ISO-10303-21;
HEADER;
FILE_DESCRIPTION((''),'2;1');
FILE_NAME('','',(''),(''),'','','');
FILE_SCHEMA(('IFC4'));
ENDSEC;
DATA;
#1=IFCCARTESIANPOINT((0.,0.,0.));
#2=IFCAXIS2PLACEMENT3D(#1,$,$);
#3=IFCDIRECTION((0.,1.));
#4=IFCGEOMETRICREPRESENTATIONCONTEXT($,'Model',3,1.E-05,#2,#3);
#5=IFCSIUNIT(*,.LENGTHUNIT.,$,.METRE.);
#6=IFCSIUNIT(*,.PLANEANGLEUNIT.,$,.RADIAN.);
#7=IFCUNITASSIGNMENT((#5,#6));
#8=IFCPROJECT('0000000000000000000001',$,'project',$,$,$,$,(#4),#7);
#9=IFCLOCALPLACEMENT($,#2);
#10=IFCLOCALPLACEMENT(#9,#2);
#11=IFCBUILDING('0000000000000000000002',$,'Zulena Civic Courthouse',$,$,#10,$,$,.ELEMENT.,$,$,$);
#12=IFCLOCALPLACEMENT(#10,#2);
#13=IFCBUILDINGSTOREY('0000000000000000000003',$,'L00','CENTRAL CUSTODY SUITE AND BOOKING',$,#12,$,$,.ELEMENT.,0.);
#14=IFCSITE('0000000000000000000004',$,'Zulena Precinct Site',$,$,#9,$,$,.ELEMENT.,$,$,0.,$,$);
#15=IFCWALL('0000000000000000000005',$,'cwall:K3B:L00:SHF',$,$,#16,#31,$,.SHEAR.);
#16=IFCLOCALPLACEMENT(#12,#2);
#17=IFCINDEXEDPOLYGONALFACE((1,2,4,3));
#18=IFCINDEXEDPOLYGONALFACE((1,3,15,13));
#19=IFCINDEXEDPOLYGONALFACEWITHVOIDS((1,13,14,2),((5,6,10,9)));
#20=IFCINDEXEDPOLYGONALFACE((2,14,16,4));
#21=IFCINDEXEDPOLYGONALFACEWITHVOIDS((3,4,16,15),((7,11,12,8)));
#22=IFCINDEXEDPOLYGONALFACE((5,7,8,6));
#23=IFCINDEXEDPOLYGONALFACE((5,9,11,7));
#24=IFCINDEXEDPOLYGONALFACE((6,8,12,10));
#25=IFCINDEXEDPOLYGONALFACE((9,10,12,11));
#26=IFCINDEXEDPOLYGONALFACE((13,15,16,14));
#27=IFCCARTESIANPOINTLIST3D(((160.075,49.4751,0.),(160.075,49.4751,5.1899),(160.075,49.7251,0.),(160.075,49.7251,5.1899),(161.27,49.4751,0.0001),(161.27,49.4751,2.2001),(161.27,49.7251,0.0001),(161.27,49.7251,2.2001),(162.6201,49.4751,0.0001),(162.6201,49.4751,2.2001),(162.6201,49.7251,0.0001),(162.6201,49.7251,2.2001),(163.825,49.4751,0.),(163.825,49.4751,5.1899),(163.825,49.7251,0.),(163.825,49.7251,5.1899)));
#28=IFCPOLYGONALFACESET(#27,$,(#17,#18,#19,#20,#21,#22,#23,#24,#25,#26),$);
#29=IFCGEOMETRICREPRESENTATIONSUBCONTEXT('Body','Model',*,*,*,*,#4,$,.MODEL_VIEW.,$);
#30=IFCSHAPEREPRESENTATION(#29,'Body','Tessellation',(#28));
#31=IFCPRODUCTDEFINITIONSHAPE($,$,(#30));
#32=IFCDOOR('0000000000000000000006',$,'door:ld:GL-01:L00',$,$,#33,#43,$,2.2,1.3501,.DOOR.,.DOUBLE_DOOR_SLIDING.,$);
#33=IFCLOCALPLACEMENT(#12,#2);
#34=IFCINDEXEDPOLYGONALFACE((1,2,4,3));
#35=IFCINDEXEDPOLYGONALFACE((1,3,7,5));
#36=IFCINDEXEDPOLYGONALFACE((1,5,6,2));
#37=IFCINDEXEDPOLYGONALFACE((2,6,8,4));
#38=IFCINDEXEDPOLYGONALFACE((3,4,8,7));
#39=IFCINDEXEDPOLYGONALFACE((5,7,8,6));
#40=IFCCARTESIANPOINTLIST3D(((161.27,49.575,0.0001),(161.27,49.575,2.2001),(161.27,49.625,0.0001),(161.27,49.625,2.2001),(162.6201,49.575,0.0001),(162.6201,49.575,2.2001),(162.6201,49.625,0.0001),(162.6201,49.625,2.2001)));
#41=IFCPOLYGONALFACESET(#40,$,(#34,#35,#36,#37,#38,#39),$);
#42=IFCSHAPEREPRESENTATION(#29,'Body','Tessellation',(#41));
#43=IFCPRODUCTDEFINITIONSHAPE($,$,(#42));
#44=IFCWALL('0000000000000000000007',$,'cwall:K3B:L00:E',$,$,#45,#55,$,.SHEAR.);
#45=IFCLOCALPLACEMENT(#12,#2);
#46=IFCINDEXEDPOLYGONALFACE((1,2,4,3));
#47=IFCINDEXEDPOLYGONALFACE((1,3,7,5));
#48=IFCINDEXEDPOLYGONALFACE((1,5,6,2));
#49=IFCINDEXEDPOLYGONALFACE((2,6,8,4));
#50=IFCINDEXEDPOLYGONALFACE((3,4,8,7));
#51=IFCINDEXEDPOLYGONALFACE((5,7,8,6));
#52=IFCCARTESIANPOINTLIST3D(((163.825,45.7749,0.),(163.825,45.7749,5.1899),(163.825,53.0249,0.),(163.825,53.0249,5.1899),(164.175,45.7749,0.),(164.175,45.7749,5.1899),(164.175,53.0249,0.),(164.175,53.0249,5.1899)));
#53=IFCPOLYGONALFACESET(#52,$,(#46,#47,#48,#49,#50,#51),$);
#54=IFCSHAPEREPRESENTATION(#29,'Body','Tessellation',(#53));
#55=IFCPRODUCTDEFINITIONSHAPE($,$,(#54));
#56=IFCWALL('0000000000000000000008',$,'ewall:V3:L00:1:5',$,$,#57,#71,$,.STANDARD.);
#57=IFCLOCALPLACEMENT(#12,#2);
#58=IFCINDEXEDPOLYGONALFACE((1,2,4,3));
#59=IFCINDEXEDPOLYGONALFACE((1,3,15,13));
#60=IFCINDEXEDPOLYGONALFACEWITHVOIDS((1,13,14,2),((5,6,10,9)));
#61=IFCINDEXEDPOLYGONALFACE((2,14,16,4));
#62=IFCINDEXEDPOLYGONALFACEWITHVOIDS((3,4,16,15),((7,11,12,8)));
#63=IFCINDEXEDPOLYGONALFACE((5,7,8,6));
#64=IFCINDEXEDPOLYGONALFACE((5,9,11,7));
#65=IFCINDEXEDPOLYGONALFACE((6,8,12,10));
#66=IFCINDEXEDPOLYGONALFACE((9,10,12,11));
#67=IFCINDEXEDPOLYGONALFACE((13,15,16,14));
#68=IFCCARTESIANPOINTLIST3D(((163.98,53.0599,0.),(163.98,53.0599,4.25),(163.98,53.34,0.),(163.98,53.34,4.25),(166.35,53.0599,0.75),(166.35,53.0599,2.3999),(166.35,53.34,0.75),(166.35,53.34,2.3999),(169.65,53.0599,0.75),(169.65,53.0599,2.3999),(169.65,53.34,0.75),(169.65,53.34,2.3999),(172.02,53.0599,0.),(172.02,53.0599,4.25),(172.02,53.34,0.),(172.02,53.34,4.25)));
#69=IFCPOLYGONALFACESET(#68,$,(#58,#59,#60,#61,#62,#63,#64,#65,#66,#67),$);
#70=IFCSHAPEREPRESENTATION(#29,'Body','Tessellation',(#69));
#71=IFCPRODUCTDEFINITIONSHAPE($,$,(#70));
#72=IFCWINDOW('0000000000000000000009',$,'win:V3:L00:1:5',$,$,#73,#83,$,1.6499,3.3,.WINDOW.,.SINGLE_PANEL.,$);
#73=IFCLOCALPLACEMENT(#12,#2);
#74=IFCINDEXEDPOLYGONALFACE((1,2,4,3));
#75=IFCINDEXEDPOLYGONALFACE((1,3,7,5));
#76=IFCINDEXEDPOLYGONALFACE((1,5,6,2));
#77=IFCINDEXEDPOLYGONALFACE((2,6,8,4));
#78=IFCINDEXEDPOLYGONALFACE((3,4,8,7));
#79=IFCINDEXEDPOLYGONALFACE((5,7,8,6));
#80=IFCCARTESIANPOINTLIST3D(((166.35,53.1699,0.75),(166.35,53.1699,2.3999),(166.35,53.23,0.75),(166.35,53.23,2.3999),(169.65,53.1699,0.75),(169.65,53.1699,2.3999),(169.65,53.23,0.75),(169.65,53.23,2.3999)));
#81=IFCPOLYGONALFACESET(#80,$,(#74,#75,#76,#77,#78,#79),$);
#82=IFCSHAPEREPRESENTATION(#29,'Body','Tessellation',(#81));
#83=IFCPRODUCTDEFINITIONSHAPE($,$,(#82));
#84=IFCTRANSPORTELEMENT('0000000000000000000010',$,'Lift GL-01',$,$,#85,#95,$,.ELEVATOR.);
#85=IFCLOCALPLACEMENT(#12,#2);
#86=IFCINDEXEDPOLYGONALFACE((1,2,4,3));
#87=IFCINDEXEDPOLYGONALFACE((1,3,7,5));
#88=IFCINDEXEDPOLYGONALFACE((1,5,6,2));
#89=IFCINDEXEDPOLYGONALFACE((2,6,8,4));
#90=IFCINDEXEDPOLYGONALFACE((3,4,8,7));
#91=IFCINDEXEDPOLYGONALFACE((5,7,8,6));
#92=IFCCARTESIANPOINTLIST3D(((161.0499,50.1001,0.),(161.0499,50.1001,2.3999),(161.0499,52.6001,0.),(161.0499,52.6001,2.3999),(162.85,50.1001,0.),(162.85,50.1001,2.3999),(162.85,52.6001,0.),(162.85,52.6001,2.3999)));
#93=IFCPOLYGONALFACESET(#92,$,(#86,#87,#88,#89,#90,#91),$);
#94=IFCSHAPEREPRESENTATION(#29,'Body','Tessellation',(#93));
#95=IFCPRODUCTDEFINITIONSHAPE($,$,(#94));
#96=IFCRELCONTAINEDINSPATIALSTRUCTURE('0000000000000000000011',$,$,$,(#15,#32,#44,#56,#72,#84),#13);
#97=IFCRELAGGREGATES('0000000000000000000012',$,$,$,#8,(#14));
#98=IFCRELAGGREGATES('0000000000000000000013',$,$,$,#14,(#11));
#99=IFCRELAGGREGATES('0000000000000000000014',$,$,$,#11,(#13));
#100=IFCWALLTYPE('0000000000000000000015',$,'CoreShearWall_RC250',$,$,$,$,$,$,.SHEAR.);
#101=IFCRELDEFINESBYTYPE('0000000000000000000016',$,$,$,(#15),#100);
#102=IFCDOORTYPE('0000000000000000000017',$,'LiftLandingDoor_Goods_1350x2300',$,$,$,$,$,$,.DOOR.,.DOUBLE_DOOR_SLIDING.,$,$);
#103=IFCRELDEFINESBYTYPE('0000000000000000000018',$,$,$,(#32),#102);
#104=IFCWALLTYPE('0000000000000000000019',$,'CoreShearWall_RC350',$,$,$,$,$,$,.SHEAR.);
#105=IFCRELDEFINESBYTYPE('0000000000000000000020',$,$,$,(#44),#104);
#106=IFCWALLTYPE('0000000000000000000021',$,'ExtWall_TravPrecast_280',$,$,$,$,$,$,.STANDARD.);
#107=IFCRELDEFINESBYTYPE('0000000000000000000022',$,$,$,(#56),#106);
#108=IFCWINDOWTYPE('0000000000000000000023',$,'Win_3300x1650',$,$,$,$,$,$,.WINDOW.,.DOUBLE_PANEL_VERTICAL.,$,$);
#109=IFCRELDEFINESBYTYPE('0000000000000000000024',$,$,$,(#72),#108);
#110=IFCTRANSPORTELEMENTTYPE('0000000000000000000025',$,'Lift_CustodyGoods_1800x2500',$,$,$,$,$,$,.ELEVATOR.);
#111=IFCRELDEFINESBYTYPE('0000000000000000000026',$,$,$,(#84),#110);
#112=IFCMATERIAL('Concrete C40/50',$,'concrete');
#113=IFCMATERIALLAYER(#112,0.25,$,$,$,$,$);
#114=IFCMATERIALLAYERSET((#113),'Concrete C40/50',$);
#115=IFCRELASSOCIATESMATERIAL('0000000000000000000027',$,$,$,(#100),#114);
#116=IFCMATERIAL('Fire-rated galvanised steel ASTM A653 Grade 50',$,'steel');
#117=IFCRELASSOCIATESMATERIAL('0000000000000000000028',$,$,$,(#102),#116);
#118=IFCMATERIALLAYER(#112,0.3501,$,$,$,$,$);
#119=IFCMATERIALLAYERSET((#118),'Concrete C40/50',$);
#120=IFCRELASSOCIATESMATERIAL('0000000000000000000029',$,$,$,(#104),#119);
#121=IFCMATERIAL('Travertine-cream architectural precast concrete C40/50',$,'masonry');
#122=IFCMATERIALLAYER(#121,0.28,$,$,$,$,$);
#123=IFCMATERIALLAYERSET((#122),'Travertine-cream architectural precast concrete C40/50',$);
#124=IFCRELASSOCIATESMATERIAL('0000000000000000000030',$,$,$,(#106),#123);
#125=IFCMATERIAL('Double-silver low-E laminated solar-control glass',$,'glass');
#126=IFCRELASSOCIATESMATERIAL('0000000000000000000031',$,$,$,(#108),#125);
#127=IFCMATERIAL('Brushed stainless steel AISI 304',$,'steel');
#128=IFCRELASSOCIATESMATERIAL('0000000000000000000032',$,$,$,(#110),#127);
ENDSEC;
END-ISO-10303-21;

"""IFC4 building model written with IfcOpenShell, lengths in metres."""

from ifc_helpers import new_model, si_unit, direction, frame, frame_2d, origin, origin_2d, place, context, subcontext, project, spatial, rectangle, extrude, material, layer, layer_set, type_object, element, fill, save


model = new_model("IFC4")

# Units and contexts
model_context = context("Model", 3, precision=1e-05, world=origin(), true_north=direction((0.0, 1.0)))
body_context = subcontext(model_context, "Body", "Model", "MODEL_VIEW")
ifc_project = project(units=[si_unit("LENGTHUNIT", "METRE"), si_unit("PLANEANGLEUNIT", "RADIAN")], contexts=[model_context])

# Site, building, storey
site_placement = place(None, origin())
site = spatial("IfcSite", under=ifc_project, at=site_placement, Name="Zulena Precinct Site", CompositionType="ELEMENT", RefElevation=0.0)
building_placement = place(site_placement, origin())
building = spatial("IfcBuilding", under=site, at=building_placement, Name="Zulena Civic Courthouse", CompositionType="ELEMENT")
storey_placement = place(building_placement, origin())
storey = spatial("IfcBuildingStorey", under=building, at=storey_placement, Name="L00", Description="CENTRAL CUSTODY SUITE AND BOOKING", CompositionType="ELEMENT", Elevation=0.0)

# Shared definitions
ifc_material_1 = material(Name="Concrete C40/50", Category="concrete")

# Wall, opening, door
ifc_layer_1 = layer(ifc_material_1, 0.25)
ifc_layer_set_1 = layer_set([ifc_layer_1], Name="Concrete C40/50")
wall_type_1 = type_object("IfcWallType", Name="CoreShearWall_RC250", PredefinedType="SHEAR", material=ifc_layer_set_1)
wall_1_placement = place(storey_placement, frame((160.075, 49.6001, 0.0), z_axis=(0.0, 0.0, 1.0), x_axis=(1.0, 0.0, 0.0)))
wall_1 = element("IfcWall", 1, at=wall_1_placement, inside=storey, type_object=wall_type_1, Name="cwall:K3B:L00:SHF", PredefinedType="SHEAR", context=body_context, shape_type="SweptSolid", body=[
    extrude(rectangle(XDim=3.75, YDim=0.25, at=frame_2d((1.875, 0.0))), origin(), (0.0, 0.0, 1.0), 5.1899),
])
opening_1_placement = place(wall_1_placement, frame((1.1951, 0.0, 0.0)))
opening_1 = element("IfcOpeningElement", 2, at=opening_1_placement, cuts=wall_1, PredefinedType="OPENING", context=body_context, shape_type="SweptSolid", body=[
    extrude(rectangle(XDim=1.3501, YDim=2.2, at=frame_2d((0.675, 1.1001))), frame((0.0, 0.135, 0.0), z_axis=(0.0, -1.0, 0.0), x_axis=(1.0, 0.0, 0.0)), (0.0, 0.0, 1.0), 0.27),
])
ifc_material_2 = material(Name="Fire-rated galvanised steel ASTM A653 Grade 50", Category="steel")
door_type = type_object("IfcDoorType", Name="LiftLandingDoor_Goods_1350x2300", OperationType="DOUBLE_DOOR_SLIDING", PredefinedType="DOOR", material=ifc_material_2)
door_placement = place(opening_1_placement, origin())
door = element("IfcDoor", 3, at=door_placement, inside=storey, type_object=door_type, Name="door:ld:GL-01:L00", OperationType="DOUBLE_DOOR_SLIDING", OverallHeight=2.2, OverallWidth=1.3501, PredefinedType="DOOR", context=body_context, shape_type="SweptSolid", body=[
    extrude(rectangle(XDim=1.3501, YDim=2.2, at=frame_2d((0.675, 1.1001))), frame((0.0, 0.0249, 0.0), z_axis=(0.0, -1.0, 0.0), x_axis=(1.0, 0.0, 0.0)), (0.0, 0.0, 1.0), 0.05),
])
fill(opening_1, door)

# Wall
ifc_layer_2 = layer(ifc_material_1, 0.3501)
ifc_layer_set_2 = layer_set([ifc_layer_2], Name="Concrete C40/50")
wall_type_2 = type_object("IfcWallType", Name="CoreShearWall_RC350", PredefinedType="SHEAR", material=ifc_layer_set_2)
wall_2_placement = place(storey_placement, frame((164.0, 45.7749, 0.0), z_axis=(0.0, 0.0, 1.0), x_axis=(0.0, 1.0, 0.0)))
element("IfcWall", 4, at=wall_2_placement, inside=storey, type_object=wall_type_2, Name="cwall:K3B:L00:E", PredefinedType="SHEAR", context=body_context, shape_type="SweptSolid", body=[
    extrude(rectangle(XDim=7.25, YDim=0.3501, at=frame_2d((3.625, 0.0))), origin(), (0.0, 0.0, 1.0), 5.1899),
])

# Wall, opening, window
ifc_material_3 = material(Name="Travertine-cream architectural precast concrete C40/50", Category="masonry")
ifc_layer_3 = layer(ifc_material_3, 0.28)
ifc_layer_set_3 = layer_set([ifc_layer_3], Name="Travertine-cream architectural precast concrete C40/50")
wall_type_3 = type_object("IfcWallType", Name="ExtWall_TravPrecast_280", PredefinedType="STANDARD", material=ifc_layer_set_3)
wall_3_placement = place(storey_placement, frame((163.98, 53.2, 0.0), z_axis=(0.0, 0.0, 1.0), x_axis=(1.0, 0.0, 0.0)))
wall_3 = element("IfcWall", 5, at=wall_3_placement, inside=storey, type_object=wall_type_3, Name="ewall:V3:L00:1:5", PredefinedType="STANDARD", context=body_context, shape_type="SweptSolid", body=[
    extrude(rectangle(XDim=8.04, YDim=0.28, at=frame_2d((4.02, 0.0))), origin(), (0.0, 0.0, 1.0), 4.25),
])
opening_2_placement = place(wall_3_placement, frame((2.3701, 0.0, 0.75)))
opening_2 = element("IfcOpeningElement", 6, at=opening_2_placement, cuts=wall_3, PredefinedType="OPENING", context=body_context, shape_type="SweptSolid", body=[
    extrude(rectangle(XDim=3.3, YDim=1.6499, at=frame_2d((1.6499, 0.825))), frame((0.0, 0.1499, 0.0), z_axis=(0.0, -1.0, 0.0), x_axis=(1.0, 0.0, 0.0)), (0.0, 0.0, 1.0), 0.3),
])
ifc_material_4 = material(Name="Double-silver low-E laminated solar-control glass", Category="glass")
window_type = type_object("IfcWindowType", Name="Win_3300x1650", PartitioningType="DOUBLE_PANEL_VERTICAL", PredefinedType="WINDOW", material=ifc_material_4)
window_placement = place(opening_2_placement, origin())
window = element("IfcWindow", 7, at=window_placement, inside=storey, type_object=window_type, Name="win:V3:L00:1:5", OverallHeight=1.6499, OverallWidth=3.3, PartitioningType="SINGLE_PANEL", PredefinedType="WINDOW", context=body_context, shape_type="SweptSolid", body=[
    extrude(rectangle(XDim=3.3, YDim=1.6499, at=frame_2d((1.6499, 0.825))), frame((0.0, 0.03, 0.0), z_axis=(0.0, -1.0, 0.0), x_axis=(1.0, 0.0, 0.0)), (0.0, 0.0, 1.0), 0.0601),
])
fill(opening_2, window)

# Transport element
ifc_material_5 = material(Name="Brushed stainless steel AISI 304", Category="steel")
transport_element_type = type_object("IfcTransportElementType", Name="Lift_CustodyGoods_1800x2500", PredefinedType="ELEVATOR", material=ifc_material_5)
transport_element_placement = place(storey_placement, frame((161.95, 51.3501, 0.0), z_axis=(0.0, 0.0, 1.0), x_axis=(1.0, 0.0, 0.0)))
element("IfcTransportElement", 8, at=transport_element_placement, inside=storey, type_object=transport_element_type, Name="Lift GL-01", PredefinedType="ELEVATOR", context=body_context, shape_type="SweptSolid", body=[
    extrude(rectangle(XDim=1.8, YDim=2.5, at=origin_2d()), origin(), (0.0, 0.0, 1.0), 2.3999),
])

save(model, "model.ifc")
